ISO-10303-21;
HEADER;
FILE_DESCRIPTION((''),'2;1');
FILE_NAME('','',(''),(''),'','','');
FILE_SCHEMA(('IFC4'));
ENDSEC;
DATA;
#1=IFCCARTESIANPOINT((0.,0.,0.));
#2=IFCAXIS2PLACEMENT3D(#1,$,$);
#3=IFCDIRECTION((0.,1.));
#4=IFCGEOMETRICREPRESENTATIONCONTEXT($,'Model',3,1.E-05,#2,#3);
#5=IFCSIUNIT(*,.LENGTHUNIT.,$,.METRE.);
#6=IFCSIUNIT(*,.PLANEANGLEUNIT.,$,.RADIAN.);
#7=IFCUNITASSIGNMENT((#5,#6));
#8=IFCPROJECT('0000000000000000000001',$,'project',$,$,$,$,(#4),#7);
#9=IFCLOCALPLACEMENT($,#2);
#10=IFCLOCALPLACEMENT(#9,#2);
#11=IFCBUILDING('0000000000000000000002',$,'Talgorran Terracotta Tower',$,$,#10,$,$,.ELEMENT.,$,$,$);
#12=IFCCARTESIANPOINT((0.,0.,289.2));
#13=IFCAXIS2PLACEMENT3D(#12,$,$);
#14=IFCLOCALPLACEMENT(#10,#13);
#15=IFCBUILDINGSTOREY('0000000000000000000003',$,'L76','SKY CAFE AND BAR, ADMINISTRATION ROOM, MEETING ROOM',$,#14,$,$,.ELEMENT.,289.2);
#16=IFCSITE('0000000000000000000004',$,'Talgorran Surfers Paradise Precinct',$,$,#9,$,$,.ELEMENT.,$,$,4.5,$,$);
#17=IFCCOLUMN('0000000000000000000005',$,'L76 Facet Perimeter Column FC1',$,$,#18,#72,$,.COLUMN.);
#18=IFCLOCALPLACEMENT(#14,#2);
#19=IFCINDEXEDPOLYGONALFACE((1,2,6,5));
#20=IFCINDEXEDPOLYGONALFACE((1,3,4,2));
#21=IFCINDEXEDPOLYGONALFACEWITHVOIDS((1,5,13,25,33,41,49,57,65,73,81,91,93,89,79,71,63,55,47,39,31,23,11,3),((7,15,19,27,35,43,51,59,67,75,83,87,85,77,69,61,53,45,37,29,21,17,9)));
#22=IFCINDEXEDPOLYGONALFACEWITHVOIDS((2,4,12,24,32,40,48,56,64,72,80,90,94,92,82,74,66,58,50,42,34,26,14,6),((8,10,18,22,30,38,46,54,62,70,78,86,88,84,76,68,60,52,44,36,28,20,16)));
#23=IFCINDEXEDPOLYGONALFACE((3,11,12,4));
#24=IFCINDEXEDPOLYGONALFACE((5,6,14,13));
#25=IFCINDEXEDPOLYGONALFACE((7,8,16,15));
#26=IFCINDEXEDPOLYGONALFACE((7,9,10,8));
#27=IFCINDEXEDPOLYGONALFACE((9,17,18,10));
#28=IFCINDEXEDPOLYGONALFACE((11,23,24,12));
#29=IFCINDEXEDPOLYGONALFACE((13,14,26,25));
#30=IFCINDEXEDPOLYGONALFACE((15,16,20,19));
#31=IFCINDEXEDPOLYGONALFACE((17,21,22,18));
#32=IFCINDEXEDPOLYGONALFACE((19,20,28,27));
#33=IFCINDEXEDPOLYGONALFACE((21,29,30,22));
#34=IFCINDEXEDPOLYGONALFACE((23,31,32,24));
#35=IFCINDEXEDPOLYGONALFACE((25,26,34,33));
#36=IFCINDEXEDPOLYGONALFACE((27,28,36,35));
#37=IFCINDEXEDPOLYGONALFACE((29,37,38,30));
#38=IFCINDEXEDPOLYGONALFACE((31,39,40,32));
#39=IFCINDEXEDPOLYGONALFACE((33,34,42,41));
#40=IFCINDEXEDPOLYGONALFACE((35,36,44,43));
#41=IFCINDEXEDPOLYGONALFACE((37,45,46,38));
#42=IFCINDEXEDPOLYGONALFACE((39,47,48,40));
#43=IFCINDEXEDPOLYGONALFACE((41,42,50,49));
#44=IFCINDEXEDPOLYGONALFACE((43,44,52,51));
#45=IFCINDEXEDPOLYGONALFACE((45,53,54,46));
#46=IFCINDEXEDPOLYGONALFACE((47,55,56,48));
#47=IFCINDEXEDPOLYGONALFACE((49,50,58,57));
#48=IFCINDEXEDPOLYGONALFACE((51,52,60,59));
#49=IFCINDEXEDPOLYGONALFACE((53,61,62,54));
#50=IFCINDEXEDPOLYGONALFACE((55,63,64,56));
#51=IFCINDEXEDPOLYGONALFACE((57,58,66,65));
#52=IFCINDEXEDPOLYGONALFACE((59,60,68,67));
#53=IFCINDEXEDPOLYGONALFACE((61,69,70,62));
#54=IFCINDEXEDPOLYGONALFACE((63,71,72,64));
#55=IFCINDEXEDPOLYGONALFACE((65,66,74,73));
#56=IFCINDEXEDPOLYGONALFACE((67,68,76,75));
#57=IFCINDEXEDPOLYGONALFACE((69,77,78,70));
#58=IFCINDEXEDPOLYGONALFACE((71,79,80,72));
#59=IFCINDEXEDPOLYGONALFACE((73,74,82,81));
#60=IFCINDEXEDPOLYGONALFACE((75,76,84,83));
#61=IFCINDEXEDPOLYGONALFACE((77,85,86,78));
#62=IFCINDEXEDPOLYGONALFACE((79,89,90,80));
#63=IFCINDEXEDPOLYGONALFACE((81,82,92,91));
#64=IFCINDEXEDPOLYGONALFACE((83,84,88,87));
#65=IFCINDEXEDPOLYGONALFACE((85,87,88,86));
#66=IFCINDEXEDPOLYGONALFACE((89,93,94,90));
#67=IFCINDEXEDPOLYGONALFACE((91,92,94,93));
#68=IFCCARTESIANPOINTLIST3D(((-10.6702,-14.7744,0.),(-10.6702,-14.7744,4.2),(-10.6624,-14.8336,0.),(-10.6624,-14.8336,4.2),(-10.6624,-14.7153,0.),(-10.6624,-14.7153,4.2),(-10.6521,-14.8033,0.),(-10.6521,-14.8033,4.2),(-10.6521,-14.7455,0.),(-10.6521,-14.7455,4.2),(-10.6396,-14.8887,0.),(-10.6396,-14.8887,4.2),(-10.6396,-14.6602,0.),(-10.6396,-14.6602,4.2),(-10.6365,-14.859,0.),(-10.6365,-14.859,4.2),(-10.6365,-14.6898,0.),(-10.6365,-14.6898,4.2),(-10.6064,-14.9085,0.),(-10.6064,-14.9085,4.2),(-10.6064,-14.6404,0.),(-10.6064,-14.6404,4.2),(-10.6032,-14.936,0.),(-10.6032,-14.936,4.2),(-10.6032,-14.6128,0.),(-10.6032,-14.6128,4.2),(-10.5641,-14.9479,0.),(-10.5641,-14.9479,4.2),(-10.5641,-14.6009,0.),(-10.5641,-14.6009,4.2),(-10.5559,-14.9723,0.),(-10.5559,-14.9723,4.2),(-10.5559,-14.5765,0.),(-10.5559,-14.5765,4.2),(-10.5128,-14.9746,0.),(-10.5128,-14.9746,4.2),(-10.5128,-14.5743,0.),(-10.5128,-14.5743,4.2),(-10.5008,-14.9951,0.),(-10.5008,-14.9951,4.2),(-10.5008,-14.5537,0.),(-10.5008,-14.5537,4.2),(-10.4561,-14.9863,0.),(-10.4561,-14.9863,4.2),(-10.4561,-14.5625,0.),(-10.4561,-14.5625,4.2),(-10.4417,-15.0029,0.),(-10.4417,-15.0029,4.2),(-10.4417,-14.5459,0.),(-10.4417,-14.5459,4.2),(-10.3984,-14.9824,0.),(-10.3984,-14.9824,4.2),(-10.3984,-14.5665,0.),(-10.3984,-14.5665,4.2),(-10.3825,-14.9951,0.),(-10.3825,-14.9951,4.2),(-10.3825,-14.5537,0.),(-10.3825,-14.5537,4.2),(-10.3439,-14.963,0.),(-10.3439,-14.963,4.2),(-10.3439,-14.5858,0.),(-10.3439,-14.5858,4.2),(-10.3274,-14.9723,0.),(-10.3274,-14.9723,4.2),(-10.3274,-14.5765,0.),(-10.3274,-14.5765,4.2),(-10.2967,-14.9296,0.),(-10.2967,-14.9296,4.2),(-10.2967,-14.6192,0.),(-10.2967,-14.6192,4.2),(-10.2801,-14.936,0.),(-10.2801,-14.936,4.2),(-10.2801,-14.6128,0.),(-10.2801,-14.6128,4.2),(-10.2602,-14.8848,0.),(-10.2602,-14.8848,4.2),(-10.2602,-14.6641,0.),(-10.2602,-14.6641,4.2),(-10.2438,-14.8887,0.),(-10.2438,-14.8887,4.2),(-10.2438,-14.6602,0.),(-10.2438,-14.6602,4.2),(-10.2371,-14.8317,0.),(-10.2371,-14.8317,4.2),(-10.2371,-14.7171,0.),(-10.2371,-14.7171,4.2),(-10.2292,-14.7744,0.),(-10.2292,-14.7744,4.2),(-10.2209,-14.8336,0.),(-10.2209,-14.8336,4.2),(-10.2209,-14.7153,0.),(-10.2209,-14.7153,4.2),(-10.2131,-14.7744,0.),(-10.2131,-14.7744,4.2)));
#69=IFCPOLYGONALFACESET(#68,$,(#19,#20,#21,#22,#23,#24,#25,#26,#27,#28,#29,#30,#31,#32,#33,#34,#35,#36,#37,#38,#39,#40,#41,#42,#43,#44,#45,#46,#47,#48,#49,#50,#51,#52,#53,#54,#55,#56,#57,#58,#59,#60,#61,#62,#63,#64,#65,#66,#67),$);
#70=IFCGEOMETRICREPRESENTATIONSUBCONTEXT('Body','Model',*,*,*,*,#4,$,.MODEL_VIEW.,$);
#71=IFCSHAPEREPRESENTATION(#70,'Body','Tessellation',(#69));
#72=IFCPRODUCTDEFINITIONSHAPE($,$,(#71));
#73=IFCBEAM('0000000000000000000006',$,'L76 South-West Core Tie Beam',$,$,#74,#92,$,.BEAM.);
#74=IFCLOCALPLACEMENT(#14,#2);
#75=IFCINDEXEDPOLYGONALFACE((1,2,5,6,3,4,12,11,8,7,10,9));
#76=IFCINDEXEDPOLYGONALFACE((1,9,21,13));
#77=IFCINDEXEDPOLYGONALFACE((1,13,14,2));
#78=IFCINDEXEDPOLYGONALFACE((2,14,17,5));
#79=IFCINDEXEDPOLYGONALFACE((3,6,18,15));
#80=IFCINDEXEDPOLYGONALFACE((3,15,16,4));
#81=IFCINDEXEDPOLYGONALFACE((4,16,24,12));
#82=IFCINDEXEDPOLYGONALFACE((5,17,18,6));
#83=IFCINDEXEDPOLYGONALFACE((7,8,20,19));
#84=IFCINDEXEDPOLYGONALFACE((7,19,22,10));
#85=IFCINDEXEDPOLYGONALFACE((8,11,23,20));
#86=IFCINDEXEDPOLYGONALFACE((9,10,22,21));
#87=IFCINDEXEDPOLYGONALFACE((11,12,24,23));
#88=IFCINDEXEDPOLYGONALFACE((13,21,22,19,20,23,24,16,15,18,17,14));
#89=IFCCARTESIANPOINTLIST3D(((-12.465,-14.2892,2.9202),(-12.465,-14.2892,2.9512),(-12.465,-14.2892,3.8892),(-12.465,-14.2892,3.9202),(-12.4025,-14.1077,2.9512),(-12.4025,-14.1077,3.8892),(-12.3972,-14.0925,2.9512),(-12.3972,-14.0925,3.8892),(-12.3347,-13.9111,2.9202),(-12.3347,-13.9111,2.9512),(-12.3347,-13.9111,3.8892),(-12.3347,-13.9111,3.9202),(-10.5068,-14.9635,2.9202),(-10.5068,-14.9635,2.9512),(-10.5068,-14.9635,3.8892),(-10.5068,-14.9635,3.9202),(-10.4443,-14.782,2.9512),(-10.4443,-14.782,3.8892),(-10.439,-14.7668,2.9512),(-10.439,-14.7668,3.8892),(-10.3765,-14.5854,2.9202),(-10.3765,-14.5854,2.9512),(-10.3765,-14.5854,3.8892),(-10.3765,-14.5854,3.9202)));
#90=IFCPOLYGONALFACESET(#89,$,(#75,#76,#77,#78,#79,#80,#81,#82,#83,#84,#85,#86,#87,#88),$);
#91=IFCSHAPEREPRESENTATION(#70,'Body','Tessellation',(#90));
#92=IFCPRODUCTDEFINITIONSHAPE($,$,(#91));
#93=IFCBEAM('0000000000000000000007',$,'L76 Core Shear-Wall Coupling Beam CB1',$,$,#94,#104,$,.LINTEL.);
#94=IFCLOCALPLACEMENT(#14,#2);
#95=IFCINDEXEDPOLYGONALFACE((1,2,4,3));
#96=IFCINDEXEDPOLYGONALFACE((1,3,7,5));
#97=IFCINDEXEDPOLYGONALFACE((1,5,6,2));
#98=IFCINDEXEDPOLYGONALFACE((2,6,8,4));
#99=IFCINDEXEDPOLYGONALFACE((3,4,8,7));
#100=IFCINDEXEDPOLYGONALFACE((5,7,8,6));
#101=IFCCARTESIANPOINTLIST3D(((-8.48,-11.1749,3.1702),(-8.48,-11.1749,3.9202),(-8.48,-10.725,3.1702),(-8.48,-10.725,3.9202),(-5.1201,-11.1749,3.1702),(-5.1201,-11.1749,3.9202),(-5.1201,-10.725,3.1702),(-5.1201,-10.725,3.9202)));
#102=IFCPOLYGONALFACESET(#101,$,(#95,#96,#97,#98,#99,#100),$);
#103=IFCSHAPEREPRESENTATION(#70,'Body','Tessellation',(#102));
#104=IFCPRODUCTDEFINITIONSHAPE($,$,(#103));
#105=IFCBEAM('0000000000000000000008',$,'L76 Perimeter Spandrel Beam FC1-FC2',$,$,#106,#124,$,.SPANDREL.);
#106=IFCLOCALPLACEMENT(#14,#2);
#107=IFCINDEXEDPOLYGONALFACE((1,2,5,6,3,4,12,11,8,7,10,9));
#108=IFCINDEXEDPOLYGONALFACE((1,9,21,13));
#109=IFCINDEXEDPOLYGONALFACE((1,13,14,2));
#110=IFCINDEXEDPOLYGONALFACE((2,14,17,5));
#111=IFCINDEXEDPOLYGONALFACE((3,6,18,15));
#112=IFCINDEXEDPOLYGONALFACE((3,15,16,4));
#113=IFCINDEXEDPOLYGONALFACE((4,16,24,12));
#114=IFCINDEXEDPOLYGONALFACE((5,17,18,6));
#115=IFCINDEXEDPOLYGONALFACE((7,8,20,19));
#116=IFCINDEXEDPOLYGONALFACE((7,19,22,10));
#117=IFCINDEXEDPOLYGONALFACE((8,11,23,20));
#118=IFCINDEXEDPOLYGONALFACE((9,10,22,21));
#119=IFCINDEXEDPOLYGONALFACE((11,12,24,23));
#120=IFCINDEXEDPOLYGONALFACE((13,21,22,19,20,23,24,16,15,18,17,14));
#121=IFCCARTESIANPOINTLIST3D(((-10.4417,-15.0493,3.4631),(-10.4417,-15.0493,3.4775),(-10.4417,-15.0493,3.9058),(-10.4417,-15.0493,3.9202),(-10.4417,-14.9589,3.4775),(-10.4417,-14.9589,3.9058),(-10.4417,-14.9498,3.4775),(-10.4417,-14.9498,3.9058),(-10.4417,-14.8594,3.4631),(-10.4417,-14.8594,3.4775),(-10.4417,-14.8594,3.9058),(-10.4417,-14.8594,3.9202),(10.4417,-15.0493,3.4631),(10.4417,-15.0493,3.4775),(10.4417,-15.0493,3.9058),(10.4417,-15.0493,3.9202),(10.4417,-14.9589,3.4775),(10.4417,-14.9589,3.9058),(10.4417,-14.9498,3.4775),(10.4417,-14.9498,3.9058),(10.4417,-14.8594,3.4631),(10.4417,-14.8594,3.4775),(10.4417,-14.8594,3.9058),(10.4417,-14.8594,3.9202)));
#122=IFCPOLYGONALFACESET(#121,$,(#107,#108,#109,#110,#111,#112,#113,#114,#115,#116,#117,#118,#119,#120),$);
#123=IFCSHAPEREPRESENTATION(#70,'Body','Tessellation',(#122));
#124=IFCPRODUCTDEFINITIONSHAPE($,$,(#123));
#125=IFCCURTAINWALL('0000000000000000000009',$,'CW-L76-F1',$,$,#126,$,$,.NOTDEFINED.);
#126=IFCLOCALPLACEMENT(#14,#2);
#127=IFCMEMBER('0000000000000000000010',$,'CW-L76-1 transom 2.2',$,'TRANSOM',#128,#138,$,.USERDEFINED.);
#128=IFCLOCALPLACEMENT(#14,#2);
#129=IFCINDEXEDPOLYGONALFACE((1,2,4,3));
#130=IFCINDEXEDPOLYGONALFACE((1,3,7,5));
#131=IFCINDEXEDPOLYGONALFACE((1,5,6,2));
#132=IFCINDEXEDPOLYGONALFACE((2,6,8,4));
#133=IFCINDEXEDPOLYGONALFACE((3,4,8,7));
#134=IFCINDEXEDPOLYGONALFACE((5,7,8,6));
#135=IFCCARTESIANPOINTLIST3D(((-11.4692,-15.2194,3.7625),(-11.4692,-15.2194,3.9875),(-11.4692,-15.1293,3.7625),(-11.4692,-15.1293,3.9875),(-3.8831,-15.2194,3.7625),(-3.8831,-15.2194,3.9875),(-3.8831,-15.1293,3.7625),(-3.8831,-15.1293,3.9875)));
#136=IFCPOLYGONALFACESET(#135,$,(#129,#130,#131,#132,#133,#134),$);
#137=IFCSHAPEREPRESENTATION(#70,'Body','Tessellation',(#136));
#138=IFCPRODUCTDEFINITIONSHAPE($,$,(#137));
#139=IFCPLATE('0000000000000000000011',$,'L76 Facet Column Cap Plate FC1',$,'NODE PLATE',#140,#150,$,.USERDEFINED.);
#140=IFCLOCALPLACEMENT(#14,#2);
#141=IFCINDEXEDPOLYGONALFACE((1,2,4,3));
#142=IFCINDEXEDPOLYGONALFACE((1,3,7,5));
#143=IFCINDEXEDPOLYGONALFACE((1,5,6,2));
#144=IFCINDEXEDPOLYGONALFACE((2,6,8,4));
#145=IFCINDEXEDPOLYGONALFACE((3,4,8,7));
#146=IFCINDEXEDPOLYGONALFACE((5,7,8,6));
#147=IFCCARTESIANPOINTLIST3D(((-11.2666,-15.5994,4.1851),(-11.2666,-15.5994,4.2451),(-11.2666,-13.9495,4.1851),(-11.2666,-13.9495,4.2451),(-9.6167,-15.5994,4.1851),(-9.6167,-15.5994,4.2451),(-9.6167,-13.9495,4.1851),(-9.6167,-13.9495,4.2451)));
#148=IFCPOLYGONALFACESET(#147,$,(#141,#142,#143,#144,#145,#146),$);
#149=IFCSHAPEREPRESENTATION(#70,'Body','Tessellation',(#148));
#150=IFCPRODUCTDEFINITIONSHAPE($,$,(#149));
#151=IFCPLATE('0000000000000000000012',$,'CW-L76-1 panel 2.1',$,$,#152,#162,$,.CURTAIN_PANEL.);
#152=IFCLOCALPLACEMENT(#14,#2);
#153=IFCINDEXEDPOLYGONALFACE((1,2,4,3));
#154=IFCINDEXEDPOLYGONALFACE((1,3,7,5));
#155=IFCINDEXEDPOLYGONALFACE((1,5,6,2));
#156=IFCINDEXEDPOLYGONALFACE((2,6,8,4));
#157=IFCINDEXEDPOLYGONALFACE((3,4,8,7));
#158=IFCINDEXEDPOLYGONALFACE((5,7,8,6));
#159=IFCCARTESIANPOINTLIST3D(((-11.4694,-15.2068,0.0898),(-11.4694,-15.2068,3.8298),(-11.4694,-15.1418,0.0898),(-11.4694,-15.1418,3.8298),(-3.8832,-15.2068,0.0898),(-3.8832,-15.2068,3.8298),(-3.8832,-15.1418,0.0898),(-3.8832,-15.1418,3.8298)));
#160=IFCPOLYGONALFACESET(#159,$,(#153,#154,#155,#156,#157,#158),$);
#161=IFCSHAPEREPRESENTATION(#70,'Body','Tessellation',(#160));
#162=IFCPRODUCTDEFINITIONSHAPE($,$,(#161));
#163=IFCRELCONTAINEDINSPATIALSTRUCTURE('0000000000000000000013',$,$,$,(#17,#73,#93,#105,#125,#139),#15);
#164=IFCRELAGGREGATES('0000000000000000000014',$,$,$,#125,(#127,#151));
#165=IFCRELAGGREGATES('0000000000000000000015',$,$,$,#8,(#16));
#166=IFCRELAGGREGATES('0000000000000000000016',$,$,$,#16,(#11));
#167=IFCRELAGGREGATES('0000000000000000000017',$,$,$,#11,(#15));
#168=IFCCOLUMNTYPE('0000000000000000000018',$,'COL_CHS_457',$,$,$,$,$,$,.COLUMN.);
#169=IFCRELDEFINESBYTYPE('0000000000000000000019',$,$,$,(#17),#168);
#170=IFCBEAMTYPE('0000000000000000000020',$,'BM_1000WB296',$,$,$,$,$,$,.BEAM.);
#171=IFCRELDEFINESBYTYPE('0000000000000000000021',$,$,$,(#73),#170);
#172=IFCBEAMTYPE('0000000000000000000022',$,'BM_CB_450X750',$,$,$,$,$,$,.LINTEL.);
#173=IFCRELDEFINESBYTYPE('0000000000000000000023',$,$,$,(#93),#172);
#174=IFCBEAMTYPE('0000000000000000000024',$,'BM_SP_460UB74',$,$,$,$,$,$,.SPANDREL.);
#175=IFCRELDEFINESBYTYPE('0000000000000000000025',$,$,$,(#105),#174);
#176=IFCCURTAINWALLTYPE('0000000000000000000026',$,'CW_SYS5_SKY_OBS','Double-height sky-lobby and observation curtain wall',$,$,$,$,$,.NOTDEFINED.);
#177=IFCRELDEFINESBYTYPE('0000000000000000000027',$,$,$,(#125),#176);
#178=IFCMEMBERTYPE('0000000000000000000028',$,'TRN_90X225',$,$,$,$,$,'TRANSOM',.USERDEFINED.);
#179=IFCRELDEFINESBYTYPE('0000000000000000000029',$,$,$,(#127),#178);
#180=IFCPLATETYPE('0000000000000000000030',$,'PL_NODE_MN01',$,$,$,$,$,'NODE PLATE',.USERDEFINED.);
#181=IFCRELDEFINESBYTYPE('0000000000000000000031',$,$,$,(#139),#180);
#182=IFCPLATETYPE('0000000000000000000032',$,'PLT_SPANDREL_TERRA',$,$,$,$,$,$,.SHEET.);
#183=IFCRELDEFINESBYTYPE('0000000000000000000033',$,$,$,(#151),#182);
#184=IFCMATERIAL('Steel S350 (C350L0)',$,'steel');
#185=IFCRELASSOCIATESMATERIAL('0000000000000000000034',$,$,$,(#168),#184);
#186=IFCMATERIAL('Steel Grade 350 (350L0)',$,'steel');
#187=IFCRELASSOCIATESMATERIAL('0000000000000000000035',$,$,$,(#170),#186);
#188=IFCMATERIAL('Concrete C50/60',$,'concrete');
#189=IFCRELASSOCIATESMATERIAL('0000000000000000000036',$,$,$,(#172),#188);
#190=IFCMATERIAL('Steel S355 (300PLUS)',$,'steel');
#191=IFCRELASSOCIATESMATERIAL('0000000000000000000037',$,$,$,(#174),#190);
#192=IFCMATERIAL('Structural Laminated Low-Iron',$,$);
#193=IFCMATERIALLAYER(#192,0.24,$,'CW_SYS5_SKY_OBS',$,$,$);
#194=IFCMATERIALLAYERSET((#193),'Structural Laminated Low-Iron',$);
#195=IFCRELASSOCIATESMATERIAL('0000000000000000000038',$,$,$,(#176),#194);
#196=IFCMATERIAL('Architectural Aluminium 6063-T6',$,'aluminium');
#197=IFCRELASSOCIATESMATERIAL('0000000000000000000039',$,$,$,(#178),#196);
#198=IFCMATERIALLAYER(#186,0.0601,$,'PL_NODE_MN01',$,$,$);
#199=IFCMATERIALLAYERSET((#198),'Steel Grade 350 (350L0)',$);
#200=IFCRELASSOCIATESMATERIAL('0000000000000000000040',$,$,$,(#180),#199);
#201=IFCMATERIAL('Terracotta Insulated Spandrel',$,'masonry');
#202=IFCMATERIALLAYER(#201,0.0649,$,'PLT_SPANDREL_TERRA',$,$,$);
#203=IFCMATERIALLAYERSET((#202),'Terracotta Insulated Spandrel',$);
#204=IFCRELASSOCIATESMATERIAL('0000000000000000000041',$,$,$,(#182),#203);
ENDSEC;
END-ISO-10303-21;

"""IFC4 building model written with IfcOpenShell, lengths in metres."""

from ifc_helpers import new_model, si_unit, direction, frame, origin, origin_2d, place, context, subcontext, project, spatial, rectangle, hollow_circle, i_section, extrude, source, transform, mapped, material, layer, layer_set, material_profile, profile_set, type_object, type_shapes, element, aggregate, save


model = new_model("IFC4")

# Units and contexts
model_context = context("Model", 3, precision=1e-05, world=origin(), true_north=direction((0.0, 1.0)))
body_context = subcontext(model_context, "Body", "Model", "MODEL_VIEW")
ifc_project = project(units=[si_unit("LENGTHUNIT", "METRE"), si_unit("PLANEANGLEUNIT", "RADIAN")], contexts=[model_context])

# Site, building, storey
site_placement = place(None, origin())
site = spatial("IfcSite", under=ifc_project, at=site_placement, Name="Talgorran Surfers Paradise Precinct", CompositionType="ELEMENT", RefElevation=4.5)
building_placement = place(site_placement, origin())
building = spatial("IfcBuilding", under=site, at=building_placement, Name="Talgorran Terracotta Tower", CompositionType="ELEMENT")
storey_placement = place(building_placement, frame((0.0, 0.0, 289.2)))
storey = spatial("IfcBuildingStorey", under=building, at=storey_placement, Name="L76", Description="SKY CAFE AND BAR, ADMINISTRATION ROOM, MEETING ROOM", CompositionType="ELEMENT", Elevation=289.2)

# Column
ifc_material_1 = material(Name="Steel S350 (C350L0)", Category="steel")
ifc_material_profile_1 = material_profile(ifc_material_1, hollow_circle(Radius=0.2285, WallThickness=0.0161, at=origin_2d()), Name="CHS457X16")
ifc_profile_set_1 = profile_set([ifc_material_profile_1], Name="Steel S350 (C350L0)")
column_type = type_object("IfcColumnType", Name="COL_CHS_457", PredefinedType="COLUMN", material=ifc_profile_set_1)
column_placement = place(storey_placement, frame((-10.4417, -14.7744, 0.0), z_axis=(0.0, 0.0, 1.0), x_axis=(1.0, 0.0, 0.0)))
element("IfcColumn", 1, at=column_placement, inside=storey, type_object=column_type, Name="L76 Facet Perimeter Column FC1", PredefinedType="COLUMN", context=body_context, shape_type="SweptSolid", body=[
    extrude(hollow_circle(Radius=0.2285, WallThickness=0.0161, at=origin_2d()), origin(), (0.0, 0.0, 1.0), 4.2),
])

# Beams
ifc_material_2 = material(Name="Steel Grade 350 (350L0)", Category="steel")
ifc_material_profile_2 = material_profile(ifc_material_2, i_section(OverallWidth=0.3999, OverallDepth=1.0, WebThickness=0.0161, FlangeThickness=0.031, at=origin_2d()), Name="1000WB296")
ifc_profile_set_2 = profile_set([ifc_material_profile_2], Name="Steel Grade 350 (350L0)")
beam_type_1 = type_object("IfcBeamType", Name="BM_1000WB296", PredefinedType="BEAM", material=ifc_profile_set_2)
beam_1_placement = place(storey_placement, frame((-10.4417, -14.7744, 3.4202), z_axis=(-0.945513, 0.325584, 0.0), x_axis=(-0.325584, -0.945513, 0.0)))
element("IfcBeam", 2, at=beam_1_placement, inside=storey, type_object=beam_type_1, Name="L76 South-West Core Tie Beam", PredefinedType="BEAM", context=body_context, shape_type="SweptSolid", body=[
    extrude(i_section(OverallWidth=0.3999, OverallDepth=1.0, WebThickness=0.0161, FlangeThickness=0.031, at=origin_2d()), origin(), (0.0, 0.0, 1.0), 2.071),
])
ifc_material_3 = material(Name="Concrete C50/60", Category="concrete")
ifc_material_profile_3 = material_profile(ifc_material_3, rectangle(XDim=0.45, YDim=0.75, at=origin_2d()), Name="RCCB450X750")
ifc_profile_set_3 = profile_set([ifc_material_profile_3], Name="Concrete C50/60")
beam_type_2 = type_object("IfcBeamType", Name="BM_CB_450X750", PredefinedType="LINTEL", material=ifc_profile_set_3)
beam_2_placement = place(storey_placement, frame((-8.48, -10.95, 3.5452), z_axis=(1.0, 0.0, 0.0), x_axis=(0.0, 1.0, 0.0)))
element("IfcBeam", 3, at=beam_2_placement, inside=storey, type_object=beam_type_2, Name="L76 Core Shear-Wall Coupling Beam CB1", PredefinedType="LINTEL", context=body_context, shape_type="SweptSolid", body=[
    extrude(rectangle(XDim=0.45, YDim=0.75, at=origin_2d()), origin(), (0.0, 0.0, 1.0), 3.3599),
])
ifc_material_4 = material(Name="Steel S355 (300PLUS)", Category="steel")
ifc_material_profile_4 = material_profile(ifc_material_4, i_section(OverallWidth=0.1899, OverallDepth=0.457, WebThickness=0.009, FlangeThickness=0.0144, at=origin_2d()), Name="460UB74.6")
ifc_profile_set_4 = profile_set([ifc_material_profile_4], Name="Steel S355 (300PLUS)")
beam_type_3 = type_object("IfcBeamType", Name="BM_SP_460UB74", PredefinedType="SPANDREL", material=ifc_profile_set_4)
beam_3_placement = place(storey_placement, frame((-10.4417, -14.9543, 3.6917), z_axis=(1.0, 0.0, 0.0), x_axis=(0.0, 1.0, 0.0)))
element("IfcBeam", 4, at=beam_3_placement, inside=storey, type_object=beam_type_3, Name="L76 Perimeter Spandrel Beam FC1-FC2", PredefinedType="SPANDREL", context=body_context, shape_type="SweptSolid", body=[
    extrude(i_section(OverallWidth=0.1899, OverallDepth=0.457, WebThickness=0.009, FlangeThickness=0.0144, at=origin_2d()), origin(), (0.0, 0.0, 1.0), 20.8833),
])

# Curtain wall, member
ifc_material_5 = material(Name="Structural Laminated Low-Iron")
ifc_layer_1 = layer(ifc_material_5, 0.24, Name="CW_SYS5_SKY_OBS")
ifc_layer_set_1 = layer_set([ifc_layer_1], Name="Structural Laminated Low-Iron")
curtain_wall_type = type_object("IfcCurtainWallType", Name="CW_SYS5_SKY_OBS", Description="Double-height sky-lobby and observation curtain wall", PredefinedType="NOTDEFINED", material=ifc_layer_set_1)
curtain_wall_placement = place(storey_placement, origin())
curtain_wall = element("IfcCurtainWall", 5, at=curtain_wall_placement, inside=storey, type_object=curtain_wall_type, Name="CW-L76-F1", PredefinedType="NOTDEFINED")
ifc_material_6 = material(Name="Architectural Aluminium 6063-T6", Category="aluminium")
ifc_material_profile_5 = material_profile(ifc_material_6, rectangle(XDim=0.0901, YDim=0.2251, at=origin_2d()), Name="CWT90X225")
ifc_profile_set_5 = profile_set([ifc_material_profile_5], Name="Architectural Aluminium 6063-T6")
member_type = type_object("IfcMemberType", Name="TRN_90X225", ElementType="TRANSOM", PredefinedType="USERDEFINED", material=ifc_profile_set_5)
member_placement = place(storey_placement, frame((-11.4692, -15.1743, 3.875), z_axis=(1.0, 0.0, 0.0), x_axis=(0.0, 1.0, 0.0)))
member = element("IfcMember", 6, at=member_placement, type_object=member_type, Name="CW-L76-1 transom 2.2", ObjectType="TRANSOM", PredefinedType="USERDEFINED", context=body_context, shape_type="SweptSolid", body=[
    extrude(rectangle(XDim=0.0901, YDim=0.2251, at=origin_2d()), origin(), (0.0, 0.0, 1.0), 7.5862),
])

# Plates
ifc_layer_2 = layer(ifc_material_2, 0.0601, Name="PL_NODE_MN01")
ifc_layer_set_2 = layer_set([ifc_layer_2], Name="Steel Grade 350 (350L0)")
plate_type_1 = type_object("IfcPlateType", Name="PL_NODE_MN01", ElementType="NODE PLATE", PredefinedType="USERDEFINED", material=ifc_layer_set_2)
plate_1_placement = place(storey_placement, frame((-10.4417, -14.7744, 4.1851), z_axis=(0.0, 0.0, 1.0), x_axis=(1.0, 0.0, 0.0)))
element("IfcPlate", 7, at=plate_1_placement, inside=storey, type_object=plate_type_1, Name="L76 Facet Column Cap Plate FC1", ObjectType="NODE PLATE", PredefinedType="USERDEFINED", context=body_context, shape_type="SweptSolid", body=[
    extrude(rectangle(XDim=1.6499, YDim=1.6499, at=origin_2d()), origin(), (0.0, 0.0, 1.0), 0.0601),
])
ifc_material_7 = material(Name="Terracotta Insulated Spandrel", Category="masonry")
ifc_layer_3 = layer(ifc_material_7, 0.0649, Name="PLT_SPANDREL_TERRA")
ifc_layer_set_3 = layer_set([ifc_layer_3], Name="Terracotta Insulated Spandrel")
plate_type_2 = type_object("IfcPlateType", Name="PLT_SPANDREL_TERRA", PredefinedType="SHEET", material=ifc_layer_set_3)
shared_shape = source(origin(), body_context, "Body", "SweptSolid", [
    extrude(rectangle(XDim=7.5862, YDim=0.0649, at=origin_2d()), origin(), (0.0, 0.0, 1.0), 3.74),
])
type_shapes(plate_type_2, [shared_shape])
plate_2_placement = place(storey_placement, frame((-7.6763, -15.1743, 0.0898), z_axis=(0.0, 0.0, 1.0), x_axis=(1.0, 0.0, 0.0)))
plate_2 = element("IfcPlate", 8, at=plate_2_placement, type_object=plate_type_2, Name="CW-L76-1 panel 2.1", PredefinedType="CURTAIN_PANEL", context=body_context, shape_type="MappedRepresentation", body=[
    mapped(shared_shape, transform((0.0, 0.0, 0.0), scale=1.0)),
])
aggregate(curtain_wall, [member, plate_2])

save(model, "model.ifc")
